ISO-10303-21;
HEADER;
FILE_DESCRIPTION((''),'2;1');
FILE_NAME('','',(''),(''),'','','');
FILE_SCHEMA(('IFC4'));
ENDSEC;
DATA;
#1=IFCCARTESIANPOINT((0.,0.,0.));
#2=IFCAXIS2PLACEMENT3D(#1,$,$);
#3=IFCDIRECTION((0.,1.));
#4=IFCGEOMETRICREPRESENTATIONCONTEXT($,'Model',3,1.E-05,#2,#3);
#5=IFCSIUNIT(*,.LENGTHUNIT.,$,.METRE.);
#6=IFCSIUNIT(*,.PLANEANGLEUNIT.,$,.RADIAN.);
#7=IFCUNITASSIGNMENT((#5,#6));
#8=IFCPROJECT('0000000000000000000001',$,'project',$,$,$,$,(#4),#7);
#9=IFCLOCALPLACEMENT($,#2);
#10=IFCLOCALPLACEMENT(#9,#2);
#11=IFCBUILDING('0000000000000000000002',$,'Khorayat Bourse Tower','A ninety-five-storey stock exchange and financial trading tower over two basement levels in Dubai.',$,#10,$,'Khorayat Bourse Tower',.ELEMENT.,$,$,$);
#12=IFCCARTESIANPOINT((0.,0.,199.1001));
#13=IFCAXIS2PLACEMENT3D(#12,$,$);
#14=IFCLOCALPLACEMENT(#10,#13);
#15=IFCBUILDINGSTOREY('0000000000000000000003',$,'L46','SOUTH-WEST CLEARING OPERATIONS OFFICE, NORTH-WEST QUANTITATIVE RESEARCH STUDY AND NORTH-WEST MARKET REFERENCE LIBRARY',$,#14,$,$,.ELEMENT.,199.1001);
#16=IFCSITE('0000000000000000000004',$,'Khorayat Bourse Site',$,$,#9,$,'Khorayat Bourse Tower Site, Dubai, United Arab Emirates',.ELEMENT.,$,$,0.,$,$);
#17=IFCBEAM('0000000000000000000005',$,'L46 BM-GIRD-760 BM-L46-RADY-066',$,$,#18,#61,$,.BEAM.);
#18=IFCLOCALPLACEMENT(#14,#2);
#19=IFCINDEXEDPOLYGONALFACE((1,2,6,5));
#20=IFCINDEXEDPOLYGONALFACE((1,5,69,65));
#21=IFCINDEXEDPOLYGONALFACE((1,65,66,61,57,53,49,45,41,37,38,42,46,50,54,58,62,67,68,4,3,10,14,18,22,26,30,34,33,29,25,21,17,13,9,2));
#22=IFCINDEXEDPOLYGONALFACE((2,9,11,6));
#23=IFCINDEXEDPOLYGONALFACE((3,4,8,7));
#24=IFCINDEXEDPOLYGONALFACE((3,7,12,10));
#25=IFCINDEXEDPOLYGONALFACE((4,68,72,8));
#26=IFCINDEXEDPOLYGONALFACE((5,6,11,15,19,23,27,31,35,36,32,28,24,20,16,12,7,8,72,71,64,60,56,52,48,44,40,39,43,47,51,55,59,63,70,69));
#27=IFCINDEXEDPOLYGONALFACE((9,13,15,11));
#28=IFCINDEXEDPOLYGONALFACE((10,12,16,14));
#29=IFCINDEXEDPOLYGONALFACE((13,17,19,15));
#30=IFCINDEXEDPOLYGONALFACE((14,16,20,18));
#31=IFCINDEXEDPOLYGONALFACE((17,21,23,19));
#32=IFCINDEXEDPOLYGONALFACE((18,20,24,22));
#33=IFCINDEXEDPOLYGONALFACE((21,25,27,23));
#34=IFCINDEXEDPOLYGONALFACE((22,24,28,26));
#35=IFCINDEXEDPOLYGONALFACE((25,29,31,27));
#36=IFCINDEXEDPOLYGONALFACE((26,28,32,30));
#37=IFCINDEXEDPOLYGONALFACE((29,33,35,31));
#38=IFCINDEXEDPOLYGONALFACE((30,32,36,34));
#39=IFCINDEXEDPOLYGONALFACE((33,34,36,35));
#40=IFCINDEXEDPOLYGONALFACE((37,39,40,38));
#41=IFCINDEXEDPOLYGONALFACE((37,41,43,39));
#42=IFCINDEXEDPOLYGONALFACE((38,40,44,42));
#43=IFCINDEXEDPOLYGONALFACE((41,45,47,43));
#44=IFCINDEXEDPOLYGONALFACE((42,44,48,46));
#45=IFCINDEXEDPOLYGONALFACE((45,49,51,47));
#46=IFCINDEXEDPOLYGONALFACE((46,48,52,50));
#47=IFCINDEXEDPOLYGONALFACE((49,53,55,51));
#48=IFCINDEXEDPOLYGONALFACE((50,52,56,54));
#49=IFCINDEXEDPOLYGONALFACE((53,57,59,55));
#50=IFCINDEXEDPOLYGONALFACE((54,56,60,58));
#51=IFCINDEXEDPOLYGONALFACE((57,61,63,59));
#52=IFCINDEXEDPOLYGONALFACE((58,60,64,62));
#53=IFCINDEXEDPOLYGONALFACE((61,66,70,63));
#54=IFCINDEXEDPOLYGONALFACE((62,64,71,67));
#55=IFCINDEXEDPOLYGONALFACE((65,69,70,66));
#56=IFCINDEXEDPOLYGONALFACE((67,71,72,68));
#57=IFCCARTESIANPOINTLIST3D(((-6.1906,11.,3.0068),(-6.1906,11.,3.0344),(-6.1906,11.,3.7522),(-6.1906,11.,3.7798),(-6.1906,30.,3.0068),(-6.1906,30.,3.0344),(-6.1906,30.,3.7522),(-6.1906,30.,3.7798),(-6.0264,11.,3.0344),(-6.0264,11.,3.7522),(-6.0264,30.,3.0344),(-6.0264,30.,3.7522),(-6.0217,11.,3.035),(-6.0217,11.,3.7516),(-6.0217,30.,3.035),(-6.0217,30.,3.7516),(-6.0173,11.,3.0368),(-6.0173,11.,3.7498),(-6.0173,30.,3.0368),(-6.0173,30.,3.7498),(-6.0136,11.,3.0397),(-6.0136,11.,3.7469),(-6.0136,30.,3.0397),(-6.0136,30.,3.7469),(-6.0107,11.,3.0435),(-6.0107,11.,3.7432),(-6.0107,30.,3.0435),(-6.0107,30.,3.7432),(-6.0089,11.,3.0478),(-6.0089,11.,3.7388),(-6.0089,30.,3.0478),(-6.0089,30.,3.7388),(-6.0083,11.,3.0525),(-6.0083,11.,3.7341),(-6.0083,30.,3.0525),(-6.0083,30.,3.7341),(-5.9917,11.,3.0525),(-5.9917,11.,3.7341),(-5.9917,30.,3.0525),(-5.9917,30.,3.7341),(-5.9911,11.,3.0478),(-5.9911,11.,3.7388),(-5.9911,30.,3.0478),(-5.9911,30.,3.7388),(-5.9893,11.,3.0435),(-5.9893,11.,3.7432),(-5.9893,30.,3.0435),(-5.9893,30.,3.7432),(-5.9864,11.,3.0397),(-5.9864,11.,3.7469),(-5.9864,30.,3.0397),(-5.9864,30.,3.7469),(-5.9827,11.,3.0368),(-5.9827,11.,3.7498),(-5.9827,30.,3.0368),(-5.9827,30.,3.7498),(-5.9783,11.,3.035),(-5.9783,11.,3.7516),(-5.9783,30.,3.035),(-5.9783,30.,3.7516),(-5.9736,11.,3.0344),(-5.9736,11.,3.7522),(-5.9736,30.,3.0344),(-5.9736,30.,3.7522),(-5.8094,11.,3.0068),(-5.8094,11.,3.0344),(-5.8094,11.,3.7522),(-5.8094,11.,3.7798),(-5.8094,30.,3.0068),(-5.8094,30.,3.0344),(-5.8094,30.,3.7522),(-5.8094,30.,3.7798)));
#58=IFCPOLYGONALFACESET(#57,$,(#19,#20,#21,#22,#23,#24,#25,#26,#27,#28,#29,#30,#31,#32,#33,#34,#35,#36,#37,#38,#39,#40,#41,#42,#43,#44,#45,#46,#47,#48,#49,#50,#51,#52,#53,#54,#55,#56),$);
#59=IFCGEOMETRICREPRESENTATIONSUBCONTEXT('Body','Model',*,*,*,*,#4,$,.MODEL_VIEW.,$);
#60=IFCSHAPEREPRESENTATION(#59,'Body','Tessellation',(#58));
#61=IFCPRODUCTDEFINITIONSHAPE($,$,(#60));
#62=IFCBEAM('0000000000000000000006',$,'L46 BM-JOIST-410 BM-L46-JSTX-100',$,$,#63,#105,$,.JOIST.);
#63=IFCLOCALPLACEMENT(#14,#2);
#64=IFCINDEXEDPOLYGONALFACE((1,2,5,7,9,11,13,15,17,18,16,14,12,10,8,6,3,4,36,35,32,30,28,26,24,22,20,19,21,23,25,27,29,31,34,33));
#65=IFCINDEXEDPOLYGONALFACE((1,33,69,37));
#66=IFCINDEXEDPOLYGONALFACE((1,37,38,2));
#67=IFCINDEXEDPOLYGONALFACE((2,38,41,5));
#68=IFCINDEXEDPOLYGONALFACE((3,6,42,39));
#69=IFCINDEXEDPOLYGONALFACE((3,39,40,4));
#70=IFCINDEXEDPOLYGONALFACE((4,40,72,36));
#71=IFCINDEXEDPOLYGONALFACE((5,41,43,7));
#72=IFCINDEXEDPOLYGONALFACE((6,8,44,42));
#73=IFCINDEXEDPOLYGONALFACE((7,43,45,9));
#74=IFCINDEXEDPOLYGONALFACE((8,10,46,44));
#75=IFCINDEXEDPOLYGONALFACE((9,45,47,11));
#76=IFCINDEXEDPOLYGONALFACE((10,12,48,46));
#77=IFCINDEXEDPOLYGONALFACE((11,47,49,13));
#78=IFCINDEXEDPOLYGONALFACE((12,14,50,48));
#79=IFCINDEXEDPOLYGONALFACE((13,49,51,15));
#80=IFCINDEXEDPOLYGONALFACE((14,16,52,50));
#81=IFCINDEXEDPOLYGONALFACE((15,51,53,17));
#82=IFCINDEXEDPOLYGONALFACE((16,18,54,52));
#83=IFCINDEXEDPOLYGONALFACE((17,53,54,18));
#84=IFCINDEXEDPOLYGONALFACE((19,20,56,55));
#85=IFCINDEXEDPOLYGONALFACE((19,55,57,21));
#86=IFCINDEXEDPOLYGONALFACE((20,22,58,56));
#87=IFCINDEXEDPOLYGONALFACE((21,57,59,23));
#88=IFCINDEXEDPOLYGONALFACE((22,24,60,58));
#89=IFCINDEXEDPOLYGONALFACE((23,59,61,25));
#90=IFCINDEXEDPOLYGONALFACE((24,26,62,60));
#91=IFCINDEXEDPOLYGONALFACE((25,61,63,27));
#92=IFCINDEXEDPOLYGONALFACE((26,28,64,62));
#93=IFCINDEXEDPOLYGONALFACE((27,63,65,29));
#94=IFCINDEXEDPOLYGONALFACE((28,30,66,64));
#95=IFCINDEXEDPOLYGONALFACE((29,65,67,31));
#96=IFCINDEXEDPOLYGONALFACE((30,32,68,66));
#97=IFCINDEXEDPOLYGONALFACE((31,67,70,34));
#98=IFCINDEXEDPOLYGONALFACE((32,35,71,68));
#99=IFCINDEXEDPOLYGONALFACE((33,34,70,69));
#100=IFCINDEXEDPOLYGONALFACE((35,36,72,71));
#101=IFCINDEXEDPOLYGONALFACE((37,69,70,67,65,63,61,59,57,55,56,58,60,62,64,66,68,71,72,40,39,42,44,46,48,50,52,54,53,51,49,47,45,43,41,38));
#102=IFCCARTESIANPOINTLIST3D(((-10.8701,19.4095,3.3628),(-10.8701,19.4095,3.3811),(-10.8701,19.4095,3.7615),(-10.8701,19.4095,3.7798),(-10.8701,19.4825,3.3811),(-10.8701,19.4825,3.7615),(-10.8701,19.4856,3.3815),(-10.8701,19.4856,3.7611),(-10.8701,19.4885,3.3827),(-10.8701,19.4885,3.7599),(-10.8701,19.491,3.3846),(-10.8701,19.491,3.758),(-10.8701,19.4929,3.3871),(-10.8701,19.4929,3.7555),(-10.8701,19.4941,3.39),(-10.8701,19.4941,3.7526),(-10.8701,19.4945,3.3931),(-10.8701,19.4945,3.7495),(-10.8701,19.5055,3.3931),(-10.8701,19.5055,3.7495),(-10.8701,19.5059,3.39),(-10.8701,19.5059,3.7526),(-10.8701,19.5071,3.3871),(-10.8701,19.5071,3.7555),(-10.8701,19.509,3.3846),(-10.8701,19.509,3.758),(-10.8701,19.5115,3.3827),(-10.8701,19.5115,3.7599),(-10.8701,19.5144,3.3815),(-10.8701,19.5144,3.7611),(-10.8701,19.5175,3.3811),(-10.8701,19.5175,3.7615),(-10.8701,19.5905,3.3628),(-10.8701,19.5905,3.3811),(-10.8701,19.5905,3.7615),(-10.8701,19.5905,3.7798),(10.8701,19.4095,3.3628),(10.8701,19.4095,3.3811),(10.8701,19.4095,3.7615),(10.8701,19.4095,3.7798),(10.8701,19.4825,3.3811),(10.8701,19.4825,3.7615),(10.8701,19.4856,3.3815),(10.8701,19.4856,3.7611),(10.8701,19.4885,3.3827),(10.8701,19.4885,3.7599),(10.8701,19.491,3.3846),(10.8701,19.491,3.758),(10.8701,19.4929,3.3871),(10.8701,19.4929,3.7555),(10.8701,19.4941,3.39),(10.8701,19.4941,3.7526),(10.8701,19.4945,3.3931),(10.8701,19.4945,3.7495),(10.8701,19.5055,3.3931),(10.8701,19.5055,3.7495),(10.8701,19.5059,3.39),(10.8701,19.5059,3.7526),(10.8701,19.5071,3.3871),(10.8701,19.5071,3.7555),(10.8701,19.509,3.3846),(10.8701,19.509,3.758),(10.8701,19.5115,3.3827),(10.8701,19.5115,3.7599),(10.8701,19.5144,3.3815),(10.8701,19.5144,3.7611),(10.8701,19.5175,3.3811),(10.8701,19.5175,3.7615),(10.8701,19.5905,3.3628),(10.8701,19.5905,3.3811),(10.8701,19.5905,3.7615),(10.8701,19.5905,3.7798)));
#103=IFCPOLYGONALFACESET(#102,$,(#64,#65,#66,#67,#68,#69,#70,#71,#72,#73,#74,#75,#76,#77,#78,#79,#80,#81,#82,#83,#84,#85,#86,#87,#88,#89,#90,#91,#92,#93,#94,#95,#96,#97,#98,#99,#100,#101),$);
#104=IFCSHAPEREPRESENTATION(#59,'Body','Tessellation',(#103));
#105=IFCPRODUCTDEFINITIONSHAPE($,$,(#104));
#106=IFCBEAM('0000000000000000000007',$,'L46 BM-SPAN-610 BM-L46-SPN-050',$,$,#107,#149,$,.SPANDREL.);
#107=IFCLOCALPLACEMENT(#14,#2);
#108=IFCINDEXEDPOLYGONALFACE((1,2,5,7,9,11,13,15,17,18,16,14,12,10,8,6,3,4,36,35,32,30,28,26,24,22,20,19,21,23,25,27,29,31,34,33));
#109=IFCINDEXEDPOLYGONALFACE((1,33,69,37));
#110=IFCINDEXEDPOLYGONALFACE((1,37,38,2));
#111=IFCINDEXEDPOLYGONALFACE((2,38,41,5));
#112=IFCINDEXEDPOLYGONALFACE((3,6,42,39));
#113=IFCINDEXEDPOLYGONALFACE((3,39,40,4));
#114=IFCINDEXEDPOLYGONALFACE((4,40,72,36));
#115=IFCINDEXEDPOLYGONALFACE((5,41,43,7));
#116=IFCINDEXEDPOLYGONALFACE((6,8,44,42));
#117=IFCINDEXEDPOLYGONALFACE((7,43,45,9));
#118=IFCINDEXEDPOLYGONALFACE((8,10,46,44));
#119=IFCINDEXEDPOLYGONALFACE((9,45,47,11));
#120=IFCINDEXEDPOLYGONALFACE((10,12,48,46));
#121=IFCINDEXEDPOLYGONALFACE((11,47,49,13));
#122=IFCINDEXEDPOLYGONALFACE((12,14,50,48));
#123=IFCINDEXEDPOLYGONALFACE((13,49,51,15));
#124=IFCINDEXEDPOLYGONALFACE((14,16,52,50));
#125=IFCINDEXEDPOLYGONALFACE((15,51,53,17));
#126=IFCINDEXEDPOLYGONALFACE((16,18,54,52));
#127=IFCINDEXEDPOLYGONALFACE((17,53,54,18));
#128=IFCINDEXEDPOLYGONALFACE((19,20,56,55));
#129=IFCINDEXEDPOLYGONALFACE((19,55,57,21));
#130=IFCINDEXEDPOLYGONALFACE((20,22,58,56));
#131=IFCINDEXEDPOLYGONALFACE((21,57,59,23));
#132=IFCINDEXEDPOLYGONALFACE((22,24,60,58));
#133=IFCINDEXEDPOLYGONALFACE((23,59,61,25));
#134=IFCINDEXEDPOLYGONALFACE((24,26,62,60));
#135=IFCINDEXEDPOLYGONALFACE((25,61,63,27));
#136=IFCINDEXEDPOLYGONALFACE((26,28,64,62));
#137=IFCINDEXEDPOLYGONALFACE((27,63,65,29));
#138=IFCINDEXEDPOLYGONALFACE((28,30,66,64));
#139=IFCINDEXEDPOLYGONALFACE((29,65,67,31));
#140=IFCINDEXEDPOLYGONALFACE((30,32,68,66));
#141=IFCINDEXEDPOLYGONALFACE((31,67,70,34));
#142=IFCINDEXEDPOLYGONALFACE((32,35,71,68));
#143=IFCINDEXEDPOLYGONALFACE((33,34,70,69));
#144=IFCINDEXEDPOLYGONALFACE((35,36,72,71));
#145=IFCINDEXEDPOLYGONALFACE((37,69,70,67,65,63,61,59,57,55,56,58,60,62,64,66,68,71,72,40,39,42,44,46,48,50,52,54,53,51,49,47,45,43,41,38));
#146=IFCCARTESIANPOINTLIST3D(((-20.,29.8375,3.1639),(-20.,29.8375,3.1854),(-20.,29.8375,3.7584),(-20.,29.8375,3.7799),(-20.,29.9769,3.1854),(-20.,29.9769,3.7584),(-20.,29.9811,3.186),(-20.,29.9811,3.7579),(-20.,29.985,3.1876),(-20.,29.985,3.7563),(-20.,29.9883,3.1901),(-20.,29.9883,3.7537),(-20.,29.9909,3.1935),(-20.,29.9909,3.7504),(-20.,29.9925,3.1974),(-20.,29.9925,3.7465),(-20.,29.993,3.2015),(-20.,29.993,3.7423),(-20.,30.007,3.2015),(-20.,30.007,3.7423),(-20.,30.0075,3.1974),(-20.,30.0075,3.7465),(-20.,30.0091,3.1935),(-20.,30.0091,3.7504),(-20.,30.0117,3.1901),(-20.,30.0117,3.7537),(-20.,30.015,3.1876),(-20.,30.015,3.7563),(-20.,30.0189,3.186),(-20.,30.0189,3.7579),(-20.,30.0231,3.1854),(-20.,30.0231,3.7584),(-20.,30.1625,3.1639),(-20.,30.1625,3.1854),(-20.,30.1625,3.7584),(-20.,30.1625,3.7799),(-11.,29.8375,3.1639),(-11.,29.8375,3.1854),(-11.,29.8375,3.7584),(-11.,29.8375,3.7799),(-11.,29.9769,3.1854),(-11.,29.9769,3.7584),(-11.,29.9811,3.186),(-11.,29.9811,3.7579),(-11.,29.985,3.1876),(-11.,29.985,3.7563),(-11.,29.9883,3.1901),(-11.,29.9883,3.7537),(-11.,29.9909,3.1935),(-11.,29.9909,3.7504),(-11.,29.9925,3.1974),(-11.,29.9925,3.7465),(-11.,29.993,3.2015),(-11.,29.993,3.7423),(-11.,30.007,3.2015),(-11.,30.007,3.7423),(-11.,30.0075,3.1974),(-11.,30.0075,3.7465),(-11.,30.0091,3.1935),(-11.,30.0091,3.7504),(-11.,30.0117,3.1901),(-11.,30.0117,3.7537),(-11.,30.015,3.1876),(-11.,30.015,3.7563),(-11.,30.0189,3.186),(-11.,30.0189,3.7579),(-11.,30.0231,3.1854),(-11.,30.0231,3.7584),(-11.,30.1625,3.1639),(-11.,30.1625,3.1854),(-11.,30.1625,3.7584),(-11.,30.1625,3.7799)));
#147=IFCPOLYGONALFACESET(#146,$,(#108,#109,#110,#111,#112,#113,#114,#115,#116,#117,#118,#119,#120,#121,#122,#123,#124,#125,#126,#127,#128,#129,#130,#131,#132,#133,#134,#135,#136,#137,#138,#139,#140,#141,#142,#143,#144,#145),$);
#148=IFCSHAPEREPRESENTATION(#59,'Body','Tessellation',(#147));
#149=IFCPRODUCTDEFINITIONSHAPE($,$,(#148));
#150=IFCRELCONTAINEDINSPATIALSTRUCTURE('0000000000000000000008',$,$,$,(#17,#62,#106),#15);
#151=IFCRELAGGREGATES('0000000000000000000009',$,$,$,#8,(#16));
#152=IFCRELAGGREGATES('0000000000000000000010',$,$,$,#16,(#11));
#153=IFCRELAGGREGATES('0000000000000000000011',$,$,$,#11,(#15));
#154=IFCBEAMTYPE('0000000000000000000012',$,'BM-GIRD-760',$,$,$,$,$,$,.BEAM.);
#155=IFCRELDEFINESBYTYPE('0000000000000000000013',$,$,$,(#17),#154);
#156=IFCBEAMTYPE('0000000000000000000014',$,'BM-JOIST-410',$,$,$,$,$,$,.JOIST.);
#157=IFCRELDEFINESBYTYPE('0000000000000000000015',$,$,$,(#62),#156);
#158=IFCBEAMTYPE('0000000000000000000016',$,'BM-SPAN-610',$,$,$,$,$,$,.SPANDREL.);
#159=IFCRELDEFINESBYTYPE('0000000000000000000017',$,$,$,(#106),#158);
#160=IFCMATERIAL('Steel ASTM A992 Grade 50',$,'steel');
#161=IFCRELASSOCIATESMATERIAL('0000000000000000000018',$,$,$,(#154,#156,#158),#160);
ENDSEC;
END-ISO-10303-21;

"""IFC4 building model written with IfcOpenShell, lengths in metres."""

from ifc_helpers import new_model, si_unit, direction, frame, origin, origin_2d, place, context, subcontext, project, spatial, i_section, extrude, source, transform, mapped, material, material_profile, profile_set, type_object, element, save


model = new_model("IFC4")

# Units and contexts
model_context = context("Model", 3, precision=1e-05, world=origin(), true_north=direction((0.0, 1.0)))
body_context = subcontext(model_context, "Body", "Model", "MODEL_VIEW")
ifc_project = project(units=[si_unit("LENGTHUNIT", "METRE"), si_unit("PLANEANGLEUNIT", "RADIAN")], contexts=[model_context])

# Site, building, storey
site_placement = place(None, origin())
site = spatial("IfcSite", under=ifc_project, at=site_placement, Name="Khorayat Bourse Site", LongName="Khorayat Bourse Tower Site, Dubai, United Arab Emirates", CompositionType="ELEMENT", RefElevation=0.0)
building_placement = place(site_placement, origin())
building = spatial("IfcBuilding", under=site, at=building_placement, Name="Khorayat Bourse Tower", Description="A ninety-five-storey stock exchange and financial trading tower over two basement levels in Dubai.", LongName="Khorayat Bourse Tower", CompositionType="ELEMENT")
storey_placement = place(building_placement, frame((0.0, 0.0, 199.1001)))
storey = spatial("IfcBuildingStorey", under=building, at=storey_placement, Name="L46", Description="SOUTH-WEST CLEARING OPERATIONS OFFICE, NORTH-WEST QUANTITATIVE RESEARCH STUDY AND NORTH-WEST MARKET REFERENCE LIBRARY", CompositionType="ELEMENT", Elevation=199.1001)

# Beams
ifc_material_1 = material(Name="Steel ASTM A992 Grade 50", Category="steel")
ifc_material_profile_1 = material_profile(ifc_material_1, i_section(OverallWidth=0.3811, OverallDepth=0.7729, WebThickness=0.0166, FlangeThickness=0.0276, FilletRadius=0.0181, at=origin_2d()), Name="W760X257")
ifc_profile_set_1 = profile_set([ifc_material_profile_1], Name="Steel ASTM A992 Grade 50")
beam_type_1 = type_object("IfcBeamType", Name="BM-GIRD-760", PredefinedType="BEAM", material=ifc_profile_set_1)
shared_shape_1 = source(origin(), body_context, "Body", "SweptSolid", [
    extrude(i_section(OverallWidth=0.3811, OverallDepth=0.7729, WebThickness=0.0166, FlangeThickness=0.0276, FilletRadius=0.0181, at=origin_2d()), origin(), (0.0, 0.0, 1.0), 19.0),
])
for number, where, z_axis, x_axis, name in (
    (1, (-6.0, 11.0, 3.3933), (0.0, 1.0, 0.0), (-1.0, 0.0, 0.0), "L46 BM-GIRD-760 BM-L46-RADY-066"),
):
    element("IfcBeam", number, at=place(storey_placement, frame(where, z_axis=z_axis, x_axis=x_axis)), inside=storey, type_object=beam_type_1, Name=name, PredefinedType="BEAM", context=body_context, shape_type="MappedRepresentation", body=[
        mapped(shared_shape_1, transform((0.0, 0.0, 0.0), scale=1.0)),
    ])
ifc_material_profile_2 = material_profile(ifc_material_1, i_section(OverallWidth=0.1809, OverallDepth=0.417, WebThickness=0.011, FlangeThickness=0.0183, FilletRadius=0.012, at=origin_2d()), Name="W410X85")
ifc_profile_set_2 = profile_set([ifc_material_profile_2], Name="Steel ASTM A992 Grade 50")
beam_type_2 = type_object("IfcBeamType", Name="BM-JOIST-410", PredefinedType="JOIST", material=ifc_profile_set_2)
shared_shape_2 = source(origin(), body_context, "Body", "SweptSolid", [
    extrude(i_section(OverallWidth=0.1809, OverallDepth=0.417, WebThickness=0.011, FlangeThickness=0.0183, FilletRadius=0.012, at=origin_2d()), origin(), (0.0, 0.0, 1.0), 21.7402),
])
beam_1_placement = place(storey_placement, frame((-10.8701, 19.5, 3.5713), z_axis=(1.0, 0.0, 0.0), x_axis=(0.0, 1.0, 0.0)))
element("IfcBeam", 2, at=beam_1_placement, inside=storey, type_object=beam_type_2, Name="L46 BM-JOIST-410 BM-L46-JSTX-100", PredefinedType="JOIST", context=body_context, shape_type="MappedRepresentation", body=[
    mapped(shared_shape_2, transform((0.0, 0.0, 0.0), scale=1.0)),
])
ifc_material_profile_3 = material_profile(ifc_material_1, i_section(OverallWidth=0.325, OverallDepth=0.616, WebThickness=0.0139, FlangeThickness=0.0215, FilletRadius=0.0161, at=origin_2d()), Name="W610X174")
ifc_profile_set_3 = profile_set([ifc_material_profile_3], Name="Steel ASTM A992 Grade 50")
beam_type_3 = type_object("IfcBeamType", Name="BM-SPAN-610", PredefinedType="SPANDREL", material=ifc_profile_set_3)
shared_shape_3 = source(origin(), body_context, "Body", "SweptSolid", [
    extrude(i_section(OverallWidth=0.325, OverallDepth=0.616, WebThickness=0.0139, FlangeThickness=0.0215, FilletRadius=0.0161, at=origin_2d()), origin(), (0.0, 0.0, 1.0), 9.0),
])
beam_2_placement = place(storey_placement, frame((-20.0, 30.0, 3.4719), z_axis=(1.0, 0.0, 0.0), x_axis=(0.0, 1.0, 0.0)))
element("IfcBeam", 3, at=beam_2_placement, inside=storey, type_object=beam_type_3, Name="L46 BM-SPAN-610 BM-L46-SPN-050", PredefinedType="SPANDREL", context=body_context, shape_type="MappedRepresentation", body=[
    mapped(shared_shape_3, transform((0.0, 0.0, 0.0), scale=1.0)),
])

save(model, "model.ifc")
